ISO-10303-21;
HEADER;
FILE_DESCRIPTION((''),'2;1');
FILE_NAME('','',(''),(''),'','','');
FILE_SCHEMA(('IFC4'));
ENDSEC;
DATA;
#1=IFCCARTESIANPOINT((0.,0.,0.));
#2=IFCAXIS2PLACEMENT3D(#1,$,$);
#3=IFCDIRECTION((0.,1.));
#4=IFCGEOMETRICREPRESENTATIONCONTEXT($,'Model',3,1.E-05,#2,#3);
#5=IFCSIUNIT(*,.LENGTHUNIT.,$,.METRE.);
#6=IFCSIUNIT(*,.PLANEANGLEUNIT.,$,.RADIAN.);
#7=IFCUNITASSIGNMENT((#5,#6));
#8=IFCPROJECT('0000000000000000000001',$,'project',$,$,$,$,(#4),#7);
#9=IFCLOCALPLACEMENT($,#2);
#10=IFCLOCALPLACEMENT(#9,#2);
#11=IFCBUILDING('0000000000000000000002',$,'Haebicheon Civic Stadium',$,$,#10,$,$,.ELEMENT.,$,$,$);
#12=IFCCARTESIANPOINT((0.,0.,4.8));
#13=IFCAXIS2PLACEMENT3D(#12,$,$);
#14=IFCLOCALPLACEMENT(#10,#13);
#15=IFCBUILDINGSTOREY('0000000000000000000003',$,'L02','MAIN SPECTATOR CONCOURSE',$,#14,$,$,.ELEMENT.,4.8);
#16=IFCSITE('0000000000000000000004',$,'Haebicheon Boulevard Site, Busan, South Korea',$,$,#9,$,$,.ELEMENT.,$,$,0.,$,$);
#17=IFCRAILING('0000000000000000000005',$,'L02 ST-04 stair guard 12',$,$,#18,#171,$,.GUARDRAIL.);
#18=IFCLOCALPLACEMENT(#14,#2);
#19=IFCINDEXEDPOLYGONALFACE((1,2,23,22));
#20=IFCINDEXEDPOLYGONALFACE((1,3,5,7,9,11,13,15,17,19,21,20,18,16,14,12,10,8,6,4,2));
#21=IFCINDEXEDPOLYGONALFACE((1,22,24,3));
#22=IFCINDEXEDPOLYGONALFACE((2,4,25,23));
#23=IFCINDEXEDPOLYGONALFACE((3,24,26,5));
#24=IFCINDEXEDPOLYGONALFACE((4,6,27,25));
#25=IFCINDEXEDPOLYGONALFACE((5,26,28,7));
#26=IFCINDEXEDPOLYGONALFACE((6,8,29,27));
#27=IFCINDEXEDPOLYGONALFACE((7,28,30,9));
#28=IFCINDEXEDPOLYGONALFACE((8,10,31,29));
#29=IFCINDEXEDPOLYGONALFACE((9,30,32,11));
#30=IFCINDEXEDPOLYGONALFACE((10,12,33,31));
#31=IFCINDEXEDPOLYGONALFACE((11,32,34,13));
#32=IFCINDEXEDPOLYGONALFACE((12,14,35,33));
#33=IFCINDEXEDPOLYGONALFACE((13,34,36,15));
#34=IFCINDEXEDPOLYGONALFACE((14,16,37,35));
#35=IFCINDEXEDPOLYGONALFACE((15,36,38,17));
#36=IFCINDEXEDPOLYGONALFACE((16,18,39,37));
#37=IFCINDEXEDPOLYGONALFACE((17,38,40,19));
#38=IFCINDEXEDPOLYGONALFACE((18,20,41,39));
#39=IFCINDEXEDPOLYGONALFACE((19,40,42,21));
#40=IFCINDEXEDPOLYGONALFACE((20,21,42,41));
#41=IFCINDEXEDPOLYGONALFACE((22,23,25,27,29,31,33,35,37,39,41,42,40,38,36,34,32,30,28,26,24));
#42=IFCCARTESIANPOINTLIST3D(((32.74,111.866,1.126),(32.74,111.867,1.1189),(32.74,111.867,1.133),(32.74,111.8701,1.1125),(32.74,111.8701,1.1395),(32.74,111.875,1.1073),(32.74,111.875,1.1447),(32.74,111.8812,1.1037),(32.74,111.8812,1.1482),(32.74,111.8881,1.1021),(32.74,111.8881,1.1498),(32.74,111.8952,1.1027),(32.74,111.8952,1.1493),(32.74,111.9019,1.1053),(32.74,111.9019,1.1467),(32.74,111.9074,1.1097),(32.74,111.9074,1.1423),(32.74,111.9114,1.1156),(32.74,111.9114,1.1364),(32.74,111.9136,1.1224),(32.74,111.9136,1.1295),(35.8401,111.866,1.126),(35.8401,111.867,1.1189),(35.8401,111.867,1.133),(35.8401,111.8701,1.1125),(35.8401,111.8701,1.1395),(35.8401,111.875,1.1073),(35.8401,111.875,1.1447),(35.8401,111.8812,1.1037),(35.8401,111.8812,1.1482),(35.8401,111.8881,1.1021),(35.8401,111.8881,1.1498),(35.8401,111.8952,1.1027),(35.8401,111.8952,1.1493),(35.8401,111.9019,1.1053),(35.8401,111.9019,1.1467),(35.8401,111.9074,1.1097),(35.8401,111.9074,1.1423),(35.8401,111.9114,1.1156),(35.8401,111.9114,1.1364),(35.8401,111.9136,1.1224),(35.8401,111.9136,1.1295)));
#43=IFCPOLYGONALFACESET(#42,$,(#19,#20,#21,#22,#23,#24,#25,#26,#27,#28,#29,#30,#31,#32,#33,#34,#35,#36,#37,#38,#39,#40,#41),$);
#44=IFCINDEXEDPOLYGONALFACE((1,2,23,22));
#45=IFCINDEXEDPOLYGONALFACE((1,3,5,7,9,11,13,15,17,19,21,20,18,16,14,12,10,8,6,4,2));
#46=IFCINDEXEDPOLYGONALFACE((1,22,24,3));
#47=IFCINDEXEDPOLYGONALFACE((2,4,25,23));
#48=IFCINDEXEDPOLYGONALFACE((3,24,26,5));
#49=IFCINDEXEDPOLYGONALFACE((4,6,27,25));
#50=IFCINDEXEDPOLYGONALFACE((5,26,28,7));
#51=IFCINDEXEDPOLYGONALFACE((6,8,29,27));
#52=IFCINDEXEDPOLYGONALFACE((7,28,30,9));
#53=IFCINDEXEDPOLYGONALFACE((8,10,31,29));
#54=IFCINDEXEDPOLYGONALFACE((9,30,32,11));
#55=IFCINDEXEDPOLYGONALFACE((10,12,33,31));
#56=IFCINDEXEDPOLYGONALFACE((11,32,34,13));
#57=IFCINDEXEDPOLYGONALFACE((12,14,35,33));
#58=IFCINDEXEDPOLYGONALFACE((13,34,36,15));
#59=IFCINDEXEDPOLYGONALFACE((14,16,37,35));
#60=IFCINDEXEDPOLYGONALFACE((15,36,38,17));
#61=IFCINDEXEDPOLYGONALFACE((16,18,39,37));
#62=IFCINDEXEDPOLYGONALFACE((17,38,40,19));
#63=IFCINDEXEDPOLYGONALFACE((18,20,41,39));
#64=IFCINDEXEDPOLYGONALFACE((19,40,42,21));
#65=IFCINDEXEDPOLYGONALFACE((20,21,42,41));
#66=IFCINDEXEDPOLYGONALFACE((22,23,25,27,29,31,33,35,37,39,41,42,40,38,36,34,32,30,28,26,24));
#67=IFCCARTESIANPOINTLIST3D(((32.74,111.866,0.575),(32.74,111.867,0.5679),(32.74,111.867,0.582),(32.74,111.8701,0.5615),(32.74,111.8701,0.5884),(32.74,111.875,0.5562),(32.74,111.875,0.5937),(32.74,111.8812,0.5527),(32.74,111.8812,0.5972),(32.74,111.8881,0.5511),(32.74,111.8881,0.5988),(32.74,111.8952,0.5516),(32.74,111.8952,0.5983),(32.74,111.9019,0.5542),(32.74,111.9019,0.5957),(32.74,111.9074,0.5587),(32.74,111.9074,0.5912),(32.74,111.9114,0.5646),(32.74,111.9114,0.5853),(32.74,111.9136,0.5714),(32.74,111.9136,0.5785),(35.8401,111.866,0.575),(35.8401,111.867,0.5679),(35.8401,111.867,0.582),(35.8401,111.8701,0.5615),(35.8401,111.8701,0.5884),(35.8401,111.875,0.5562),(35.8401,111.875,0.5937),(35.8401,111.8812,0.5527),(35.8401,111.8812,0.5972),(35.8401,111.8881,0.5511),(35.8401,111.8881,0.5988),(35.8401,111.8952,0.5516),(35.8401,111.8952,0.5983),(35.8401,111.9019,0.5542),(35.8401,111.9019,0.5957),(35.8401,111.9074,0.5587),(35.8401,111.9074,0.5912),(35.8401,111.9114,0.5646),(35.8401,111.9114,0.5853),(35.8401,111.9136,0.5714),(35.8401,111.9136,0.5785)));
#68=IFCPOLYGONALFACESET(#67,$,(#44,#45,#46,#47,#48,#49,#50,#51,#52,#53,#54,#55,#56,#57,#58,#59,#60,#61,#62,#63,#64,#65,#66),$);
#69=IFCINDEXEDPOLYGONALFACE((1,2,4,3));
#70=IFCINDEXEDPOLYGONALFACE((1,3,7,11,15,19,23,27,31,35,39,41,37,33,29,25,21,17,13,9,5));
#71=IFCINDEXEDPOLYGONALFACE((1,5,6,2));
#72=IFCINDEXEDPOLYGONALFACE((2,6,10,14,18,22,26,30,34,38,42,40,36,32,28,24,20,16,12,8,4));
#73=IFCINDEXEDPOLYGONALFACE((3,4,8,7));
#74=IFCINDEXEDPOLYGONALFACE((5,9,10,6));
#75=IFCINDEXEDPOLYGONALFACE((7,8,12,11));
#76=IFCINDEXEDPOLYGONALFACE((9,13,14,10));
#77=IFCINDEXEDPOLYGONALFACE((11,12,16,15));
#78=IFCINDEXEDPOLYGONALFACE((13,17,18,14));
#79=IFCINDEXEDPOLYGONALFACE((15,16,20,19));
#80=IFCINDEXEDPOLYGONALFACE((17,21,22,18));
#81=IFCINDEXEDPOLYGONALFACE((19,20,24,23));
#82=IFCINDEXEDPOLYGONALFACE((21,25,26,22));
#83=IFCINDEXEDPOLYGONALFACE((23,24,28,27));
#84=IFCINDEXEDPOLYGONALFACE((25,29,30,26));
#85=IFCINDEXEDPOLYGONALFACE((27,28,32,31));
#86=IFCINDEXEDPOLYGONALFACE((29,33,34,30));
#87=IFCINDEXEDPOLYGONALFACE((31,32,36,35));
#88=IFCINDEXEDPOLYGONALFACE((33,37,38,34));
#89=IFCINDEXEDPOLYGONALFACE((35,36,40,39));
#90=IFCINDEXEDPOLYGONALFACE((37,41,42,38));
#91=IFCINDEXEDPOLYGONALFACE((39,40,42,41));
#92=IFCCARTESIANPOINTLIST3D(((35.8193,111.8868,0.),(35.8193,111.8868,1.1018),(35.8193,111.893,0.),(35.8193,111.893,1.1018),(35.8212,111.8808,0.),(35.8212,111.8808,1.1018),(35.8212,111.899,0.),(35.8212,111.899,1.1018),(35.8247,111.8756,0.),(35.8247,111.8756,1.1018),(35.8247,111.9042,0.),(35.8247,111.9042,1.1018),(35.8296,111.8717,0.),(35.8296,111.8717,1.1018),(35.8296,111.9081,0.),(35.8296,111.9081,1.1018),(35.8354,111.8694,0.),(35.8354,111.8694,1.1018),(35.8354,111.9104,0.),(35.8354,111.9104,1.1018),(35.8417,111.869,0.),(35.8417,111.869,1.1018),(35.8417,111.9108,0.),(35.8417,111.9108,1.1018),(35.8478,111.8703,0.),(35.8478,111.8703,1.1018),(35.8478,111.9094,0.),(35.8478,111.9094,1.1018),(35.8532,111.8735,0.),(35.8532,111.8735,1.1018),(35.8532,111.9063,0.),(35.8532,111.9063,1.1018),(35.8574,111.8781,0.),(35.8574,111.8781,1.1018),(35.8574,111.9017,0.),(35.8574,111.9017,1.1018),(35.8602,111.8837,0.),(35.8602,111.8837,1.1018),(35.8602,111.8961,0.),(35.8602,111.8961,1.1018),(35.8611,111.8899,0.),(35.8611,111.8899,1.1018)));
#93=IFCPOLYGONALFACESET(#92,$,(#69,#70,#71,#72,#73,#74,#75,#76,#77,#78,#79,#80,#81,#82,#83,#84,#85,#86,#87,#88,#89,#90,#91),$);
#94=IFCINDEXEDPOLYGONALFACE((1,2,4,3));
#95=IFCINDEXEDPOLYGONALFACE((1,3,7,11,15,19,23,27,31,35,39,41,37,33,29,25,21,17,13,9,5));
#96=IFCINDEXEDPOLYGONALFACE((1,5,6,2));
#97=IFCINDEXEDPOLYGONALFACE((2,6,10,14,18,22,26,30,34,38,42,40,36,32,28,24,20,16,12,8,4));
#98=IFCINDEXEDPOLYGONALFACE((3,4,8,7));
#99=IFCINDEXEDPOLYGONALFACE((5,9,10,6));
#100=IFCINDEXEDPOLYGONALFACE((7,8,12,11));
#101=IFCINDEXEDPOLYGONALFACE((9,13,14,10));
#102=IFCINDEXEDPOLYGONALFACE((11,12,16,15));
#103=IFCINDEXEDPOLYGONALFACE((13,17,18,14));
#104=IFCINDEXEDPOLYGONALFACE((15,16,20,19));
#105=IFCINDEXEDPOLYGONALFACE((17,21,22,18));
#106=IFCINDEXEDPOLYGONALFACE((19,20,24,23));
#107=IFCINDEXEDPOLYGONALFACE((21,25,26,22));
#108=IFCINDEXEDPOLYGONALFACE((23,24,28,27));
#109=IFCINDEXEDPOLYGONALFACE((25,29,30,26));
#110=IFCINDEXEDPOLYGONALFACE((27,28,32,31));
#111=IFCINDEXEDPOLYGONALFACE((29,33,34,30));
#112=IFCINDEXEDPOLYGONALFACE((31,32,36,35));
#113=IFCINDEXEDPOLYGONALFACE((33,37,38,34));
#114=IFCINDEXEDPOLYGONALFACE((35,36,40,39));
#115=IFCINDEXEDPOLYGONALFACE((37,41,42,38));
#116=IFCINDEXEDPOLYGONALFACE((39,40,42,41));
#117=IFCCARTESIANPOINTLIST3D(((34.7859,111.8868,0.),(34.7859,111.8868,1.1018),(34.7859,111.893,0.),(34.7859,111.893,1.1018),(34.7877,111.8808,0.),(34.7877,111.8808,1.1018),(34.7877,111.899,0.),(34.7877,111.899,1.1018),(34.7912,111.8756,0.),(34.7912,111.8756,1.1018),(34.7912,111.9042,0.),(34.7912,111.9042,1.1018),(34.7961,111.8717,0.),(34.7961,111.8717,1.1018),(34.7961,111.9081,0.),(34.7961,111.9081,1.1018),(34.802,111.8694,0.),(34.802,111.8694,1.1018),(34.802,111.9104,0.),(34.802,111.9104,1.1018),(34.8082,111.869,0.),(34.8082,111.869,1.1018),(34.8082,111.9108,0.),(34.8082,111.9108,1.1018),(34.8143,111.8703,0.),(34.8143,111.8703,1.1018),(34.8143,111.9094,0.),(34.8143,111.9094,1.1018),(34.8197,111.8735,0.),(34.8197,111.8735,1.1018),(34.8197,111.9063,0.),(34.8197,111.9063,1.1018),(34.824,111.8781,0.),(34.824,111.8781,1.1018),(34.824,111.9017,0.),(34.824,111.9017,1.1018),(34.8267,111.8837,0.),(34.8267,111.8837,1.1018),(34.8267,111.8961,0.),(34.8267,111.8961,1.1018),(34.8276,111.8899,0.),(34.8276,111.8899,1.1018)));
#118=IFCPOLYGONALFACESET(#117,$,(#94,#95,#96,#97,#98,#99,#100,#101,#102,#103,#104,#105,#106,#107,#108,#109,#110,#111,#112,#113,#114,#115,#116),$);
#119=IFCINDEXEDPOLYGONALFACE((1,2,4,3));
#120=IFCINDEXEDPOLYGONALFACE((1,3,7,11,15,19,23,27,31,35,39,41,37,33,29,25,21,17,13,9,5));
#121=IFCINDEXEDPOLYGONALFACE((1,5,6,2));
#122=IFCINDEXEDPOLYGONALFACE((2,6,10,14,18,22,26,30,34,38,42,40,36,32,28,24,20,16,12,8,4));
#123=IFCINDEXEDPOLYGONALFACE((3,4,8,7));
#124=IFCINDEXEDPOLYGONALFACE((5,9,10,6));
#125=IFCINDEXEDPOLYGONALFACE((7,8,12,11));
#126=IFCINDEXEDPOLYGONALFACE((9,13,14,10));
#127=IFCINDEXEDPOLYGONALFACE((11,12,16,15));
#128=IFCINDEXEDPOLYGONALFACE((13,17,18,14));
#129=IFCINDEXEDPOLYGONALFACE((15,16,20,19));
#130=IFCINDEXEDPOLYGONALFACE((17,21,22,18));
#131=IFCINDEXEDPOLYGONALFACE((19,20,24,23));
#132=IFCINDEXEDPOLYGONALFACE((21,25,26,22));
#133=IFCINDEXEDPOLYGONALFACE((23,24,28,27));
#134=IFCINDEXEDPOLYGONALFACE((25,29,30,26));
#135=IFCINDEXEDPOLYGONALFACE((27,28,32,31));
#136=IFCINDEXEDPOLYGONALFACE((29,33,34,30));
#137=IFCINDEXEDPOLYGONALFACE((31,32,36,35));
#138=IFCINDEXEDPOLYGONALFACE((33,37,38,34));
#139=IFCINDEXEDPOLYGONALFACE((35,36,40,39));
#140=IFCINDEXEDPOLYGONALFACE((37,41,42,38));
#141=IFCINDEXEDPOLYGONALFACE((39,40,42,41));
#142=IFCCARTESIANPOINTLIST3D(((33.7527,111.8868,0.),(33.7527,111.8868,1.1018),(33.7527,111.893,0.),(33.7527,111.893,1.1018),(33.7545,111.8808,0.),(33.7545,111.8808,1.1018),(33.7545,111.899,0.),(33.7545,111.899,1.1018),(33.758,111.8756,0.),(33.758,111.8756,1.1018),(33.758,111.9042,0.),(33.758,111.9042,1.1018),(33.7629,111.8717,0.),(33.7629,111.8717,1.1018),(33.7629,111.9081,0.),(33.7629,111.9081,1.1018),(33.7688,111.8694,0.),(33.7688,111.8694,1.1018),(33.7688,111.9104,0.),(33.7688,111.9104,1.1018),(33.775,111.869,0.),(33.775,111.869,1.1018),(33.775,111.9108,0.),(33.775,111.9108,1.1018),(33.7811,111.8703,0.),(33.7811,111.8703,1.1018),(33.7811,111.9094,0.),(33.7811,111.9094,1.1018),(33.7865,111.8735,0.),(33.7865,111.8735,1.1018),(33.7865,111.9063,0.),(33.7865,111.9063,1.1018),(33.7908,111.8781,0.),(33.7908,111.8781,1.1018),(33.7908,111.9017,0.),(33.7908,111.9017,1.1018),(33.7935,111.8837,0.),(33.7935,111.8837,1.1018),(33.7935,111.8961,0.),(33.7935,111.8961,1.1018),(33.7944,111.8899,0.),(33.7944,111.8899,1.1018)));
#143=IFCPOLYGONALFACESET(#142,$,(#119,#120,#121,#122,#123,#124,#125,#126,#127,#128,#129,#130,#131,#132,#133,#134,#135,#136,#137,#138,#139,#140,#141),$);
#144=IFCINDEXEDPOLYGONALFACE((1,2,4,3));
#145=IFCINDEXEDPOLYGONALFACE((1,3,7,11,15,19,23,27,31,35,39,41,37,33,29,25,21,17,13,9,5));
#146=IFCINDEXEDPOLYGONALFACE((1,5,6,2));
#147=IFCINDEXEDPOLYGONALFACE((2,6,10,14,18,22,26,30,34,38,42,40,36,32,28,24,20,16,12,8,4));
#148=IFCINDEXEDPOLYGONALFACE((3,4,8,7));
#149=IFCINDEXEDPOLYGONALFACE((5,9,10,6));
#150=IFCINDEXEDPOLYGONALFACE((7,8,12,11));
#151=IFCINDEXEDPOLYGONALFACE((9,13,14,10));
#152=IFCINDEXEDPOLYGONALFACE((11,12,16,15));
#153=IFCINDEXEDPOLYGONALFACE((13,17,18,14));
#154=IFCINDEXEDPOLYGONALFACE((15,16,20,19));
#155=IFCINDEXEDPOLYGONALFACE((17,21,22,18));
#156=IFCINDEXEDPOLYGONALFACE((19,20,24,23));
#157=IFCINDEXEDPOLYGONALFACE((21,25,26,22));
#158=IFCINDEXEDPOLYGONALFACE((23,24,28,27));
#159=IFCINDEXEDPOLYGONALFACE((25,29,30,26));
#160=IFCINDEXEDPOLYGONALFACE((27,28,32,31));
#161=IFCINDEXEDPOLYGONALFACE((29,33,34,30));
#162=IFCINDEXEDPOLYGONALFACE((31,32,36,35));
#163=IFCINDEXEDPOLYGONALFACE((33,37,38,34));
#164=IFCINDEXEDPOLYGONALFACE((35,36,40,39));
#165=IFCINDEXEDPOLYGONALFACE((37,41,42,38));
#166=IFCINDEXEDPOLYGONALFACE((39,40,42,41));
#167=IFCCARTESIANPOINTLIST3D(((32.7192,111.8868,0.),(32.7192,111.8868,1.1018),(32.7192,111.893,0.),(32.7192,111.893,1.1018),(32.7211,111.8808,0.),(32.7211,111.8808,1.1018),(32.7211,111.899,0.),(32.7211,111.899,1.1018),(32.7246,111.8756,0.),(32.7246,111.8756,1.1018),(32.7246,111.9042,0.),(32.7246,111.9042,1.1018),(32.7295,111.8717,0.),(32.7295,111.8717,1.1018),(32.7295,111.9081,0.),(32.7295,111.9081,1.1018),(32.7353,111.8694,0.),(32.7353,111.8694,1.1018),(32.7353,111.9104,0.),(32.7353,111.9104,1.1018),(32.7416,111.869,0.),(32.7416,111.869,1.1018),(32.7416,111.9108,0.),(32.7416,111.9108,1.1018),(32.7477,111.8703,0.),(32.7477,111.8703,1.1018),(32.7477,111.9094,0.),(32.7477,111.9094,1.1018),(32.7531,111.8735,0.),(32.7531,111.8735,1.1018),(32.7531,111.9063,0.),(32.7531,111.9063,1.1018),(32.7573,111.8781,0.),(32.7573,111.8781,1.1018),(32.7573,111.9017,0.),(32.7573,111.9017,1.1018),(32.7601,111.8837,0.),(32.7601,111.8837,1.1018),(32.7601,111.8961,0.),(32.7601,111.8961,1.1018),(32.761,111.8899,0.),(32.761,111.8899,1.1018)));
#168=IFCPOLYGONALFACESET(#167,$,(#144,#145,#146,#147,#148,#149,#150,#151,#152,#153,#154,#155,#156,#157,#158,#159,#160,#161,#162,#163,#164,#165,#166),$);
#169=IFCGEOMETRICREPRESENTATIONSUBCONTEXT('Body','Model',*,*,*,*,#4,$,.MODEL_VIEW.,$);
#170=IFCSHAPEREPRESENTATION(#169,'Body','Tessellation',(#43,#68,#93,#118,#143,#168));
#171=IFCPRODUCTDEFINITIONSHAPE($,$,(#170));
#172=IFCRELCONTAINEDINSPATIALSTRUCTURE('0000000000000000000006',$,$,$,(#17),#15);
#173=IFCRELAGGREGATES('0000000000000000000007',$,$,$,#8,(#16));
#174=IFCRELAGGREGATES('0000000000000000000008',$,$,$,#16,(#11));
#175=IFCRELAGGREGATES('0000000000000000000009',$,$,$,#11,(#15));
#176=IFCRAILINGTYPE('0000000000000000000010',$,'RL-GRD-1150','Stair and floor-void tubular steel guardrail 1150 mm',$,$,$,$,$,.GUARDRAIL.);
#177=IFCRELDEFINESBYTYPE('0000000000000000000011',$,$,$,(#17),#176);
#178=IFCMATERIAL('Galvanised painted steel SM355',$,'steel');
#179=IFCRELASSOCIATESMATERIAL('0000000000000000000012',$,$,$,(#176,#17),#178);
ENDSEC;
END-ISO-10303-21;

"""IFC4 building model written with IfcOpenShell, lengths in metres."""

from ifc_helpers import new_model, si_unit, direction, frame, origin, origin_2d, place, context, subcontext, project, spatial, circle, extrude, material, type_object, element, save


model = new_model("IFC4")

# Units and contexts
model_context = context("Model", 3, precision=1e-05, world=origin(), true_north=direction((0.0, 1.0)))
body_context = subcontext(model_context, "Body", "Model", "MODEL_VIEW")
ifc_project = project(units=[si_unit("LENGTHUNIT", "METRE"), si_unit("PLANEANGLEUNIT", "RADIAN")], contexts=[model_context])

# Site, building, storey
site_placement = place(None, origin())
site = spatial("IfcSite", under=ifc_project, at=site_placement, Name="Haebicheon Boulevard Site, Busan, South Korea", CompositionType="ELEMENT", RefElevation=0.0)
building_placement = place(site_placement, origin())
building = spatial("IfcBuilding", under=site, at=building_placement, Name="Haebicheon Civic Stadium", CompositionType="ELEMENT")
storey_placement = place(building_placement, frame((0.0, 0.0, 4.8)))
storey = spatial("IfcBuildingStorey", under=building, at=storey_placement, Name="L02", Description="MAIN SPECTATOR CONCOURSE", CompositionType="ELEMENT", Elevation=4.8)

# Railing
ifc_material_1 = material(Name="Galvanised painted steel SM355", Category="steel")
railing_type_1 = type_object("IfcRailingType", Name="RL-GRD-1150", Description="Stair and floor-void tubular steel guardrail 1150 mm", PredefinedType="GUARDRAIL", material=ifc_material_1)
railing_1_placement = place(storey_placement, frame((35.8401, 111.8899, 0.0)))
element("IfcRailing", 1, at=railing_1_placement, inside=storey, type_object=railing_type_1, material=ifc_material_1, Name="L02 ST-04 stair guard 12", PredefinedType="GUARDRAIL", context=body_context, shape_type="SweptSolid", body=[
    extrude(circle(Radius=0.0239, at=origin_2d()), frame((0.0, 0.0, 1.126), z_axis=(-1.0, 0.0, 0.0), x_axis=(0.0, -1.0, 0.0)), (0.0, 0.0, 1.0), 3.1001),
    extrude(circle(Radius=0.0239, at=origin_2d()), frame((0.0, 0.0, 0.575), z_axis=(-1.0, 0.0, 0.0), x_axis=(0.0, -1.0, 0.0)), (0.0, 0.0, 1.0), 3.1001),
    extrude(circle(Radius=0.021, at=origin_2d()), origin(), (0.0, 0.0, 1.0), 1.1018),
    extrude(circle(Radius=0.021, at=origin_2d()), frame((-1.0334, 0.0, 0.0)), (0.0, 0.0, 1.0), 1.1018),
    extrude(circle(Radius=0.021, at=origin_2d()), frame((-2.0667, 0.0, 0.0)), (0.0, 0.0, 1.0), 1.1018),
    extrude(circle(Radius=0.021, at=origin_2d()), frame((-3.1001, 0.0, 0.0)), (0.0, 0.0, 1.0), 1.1018),
])

save(model, "model.ifc")
